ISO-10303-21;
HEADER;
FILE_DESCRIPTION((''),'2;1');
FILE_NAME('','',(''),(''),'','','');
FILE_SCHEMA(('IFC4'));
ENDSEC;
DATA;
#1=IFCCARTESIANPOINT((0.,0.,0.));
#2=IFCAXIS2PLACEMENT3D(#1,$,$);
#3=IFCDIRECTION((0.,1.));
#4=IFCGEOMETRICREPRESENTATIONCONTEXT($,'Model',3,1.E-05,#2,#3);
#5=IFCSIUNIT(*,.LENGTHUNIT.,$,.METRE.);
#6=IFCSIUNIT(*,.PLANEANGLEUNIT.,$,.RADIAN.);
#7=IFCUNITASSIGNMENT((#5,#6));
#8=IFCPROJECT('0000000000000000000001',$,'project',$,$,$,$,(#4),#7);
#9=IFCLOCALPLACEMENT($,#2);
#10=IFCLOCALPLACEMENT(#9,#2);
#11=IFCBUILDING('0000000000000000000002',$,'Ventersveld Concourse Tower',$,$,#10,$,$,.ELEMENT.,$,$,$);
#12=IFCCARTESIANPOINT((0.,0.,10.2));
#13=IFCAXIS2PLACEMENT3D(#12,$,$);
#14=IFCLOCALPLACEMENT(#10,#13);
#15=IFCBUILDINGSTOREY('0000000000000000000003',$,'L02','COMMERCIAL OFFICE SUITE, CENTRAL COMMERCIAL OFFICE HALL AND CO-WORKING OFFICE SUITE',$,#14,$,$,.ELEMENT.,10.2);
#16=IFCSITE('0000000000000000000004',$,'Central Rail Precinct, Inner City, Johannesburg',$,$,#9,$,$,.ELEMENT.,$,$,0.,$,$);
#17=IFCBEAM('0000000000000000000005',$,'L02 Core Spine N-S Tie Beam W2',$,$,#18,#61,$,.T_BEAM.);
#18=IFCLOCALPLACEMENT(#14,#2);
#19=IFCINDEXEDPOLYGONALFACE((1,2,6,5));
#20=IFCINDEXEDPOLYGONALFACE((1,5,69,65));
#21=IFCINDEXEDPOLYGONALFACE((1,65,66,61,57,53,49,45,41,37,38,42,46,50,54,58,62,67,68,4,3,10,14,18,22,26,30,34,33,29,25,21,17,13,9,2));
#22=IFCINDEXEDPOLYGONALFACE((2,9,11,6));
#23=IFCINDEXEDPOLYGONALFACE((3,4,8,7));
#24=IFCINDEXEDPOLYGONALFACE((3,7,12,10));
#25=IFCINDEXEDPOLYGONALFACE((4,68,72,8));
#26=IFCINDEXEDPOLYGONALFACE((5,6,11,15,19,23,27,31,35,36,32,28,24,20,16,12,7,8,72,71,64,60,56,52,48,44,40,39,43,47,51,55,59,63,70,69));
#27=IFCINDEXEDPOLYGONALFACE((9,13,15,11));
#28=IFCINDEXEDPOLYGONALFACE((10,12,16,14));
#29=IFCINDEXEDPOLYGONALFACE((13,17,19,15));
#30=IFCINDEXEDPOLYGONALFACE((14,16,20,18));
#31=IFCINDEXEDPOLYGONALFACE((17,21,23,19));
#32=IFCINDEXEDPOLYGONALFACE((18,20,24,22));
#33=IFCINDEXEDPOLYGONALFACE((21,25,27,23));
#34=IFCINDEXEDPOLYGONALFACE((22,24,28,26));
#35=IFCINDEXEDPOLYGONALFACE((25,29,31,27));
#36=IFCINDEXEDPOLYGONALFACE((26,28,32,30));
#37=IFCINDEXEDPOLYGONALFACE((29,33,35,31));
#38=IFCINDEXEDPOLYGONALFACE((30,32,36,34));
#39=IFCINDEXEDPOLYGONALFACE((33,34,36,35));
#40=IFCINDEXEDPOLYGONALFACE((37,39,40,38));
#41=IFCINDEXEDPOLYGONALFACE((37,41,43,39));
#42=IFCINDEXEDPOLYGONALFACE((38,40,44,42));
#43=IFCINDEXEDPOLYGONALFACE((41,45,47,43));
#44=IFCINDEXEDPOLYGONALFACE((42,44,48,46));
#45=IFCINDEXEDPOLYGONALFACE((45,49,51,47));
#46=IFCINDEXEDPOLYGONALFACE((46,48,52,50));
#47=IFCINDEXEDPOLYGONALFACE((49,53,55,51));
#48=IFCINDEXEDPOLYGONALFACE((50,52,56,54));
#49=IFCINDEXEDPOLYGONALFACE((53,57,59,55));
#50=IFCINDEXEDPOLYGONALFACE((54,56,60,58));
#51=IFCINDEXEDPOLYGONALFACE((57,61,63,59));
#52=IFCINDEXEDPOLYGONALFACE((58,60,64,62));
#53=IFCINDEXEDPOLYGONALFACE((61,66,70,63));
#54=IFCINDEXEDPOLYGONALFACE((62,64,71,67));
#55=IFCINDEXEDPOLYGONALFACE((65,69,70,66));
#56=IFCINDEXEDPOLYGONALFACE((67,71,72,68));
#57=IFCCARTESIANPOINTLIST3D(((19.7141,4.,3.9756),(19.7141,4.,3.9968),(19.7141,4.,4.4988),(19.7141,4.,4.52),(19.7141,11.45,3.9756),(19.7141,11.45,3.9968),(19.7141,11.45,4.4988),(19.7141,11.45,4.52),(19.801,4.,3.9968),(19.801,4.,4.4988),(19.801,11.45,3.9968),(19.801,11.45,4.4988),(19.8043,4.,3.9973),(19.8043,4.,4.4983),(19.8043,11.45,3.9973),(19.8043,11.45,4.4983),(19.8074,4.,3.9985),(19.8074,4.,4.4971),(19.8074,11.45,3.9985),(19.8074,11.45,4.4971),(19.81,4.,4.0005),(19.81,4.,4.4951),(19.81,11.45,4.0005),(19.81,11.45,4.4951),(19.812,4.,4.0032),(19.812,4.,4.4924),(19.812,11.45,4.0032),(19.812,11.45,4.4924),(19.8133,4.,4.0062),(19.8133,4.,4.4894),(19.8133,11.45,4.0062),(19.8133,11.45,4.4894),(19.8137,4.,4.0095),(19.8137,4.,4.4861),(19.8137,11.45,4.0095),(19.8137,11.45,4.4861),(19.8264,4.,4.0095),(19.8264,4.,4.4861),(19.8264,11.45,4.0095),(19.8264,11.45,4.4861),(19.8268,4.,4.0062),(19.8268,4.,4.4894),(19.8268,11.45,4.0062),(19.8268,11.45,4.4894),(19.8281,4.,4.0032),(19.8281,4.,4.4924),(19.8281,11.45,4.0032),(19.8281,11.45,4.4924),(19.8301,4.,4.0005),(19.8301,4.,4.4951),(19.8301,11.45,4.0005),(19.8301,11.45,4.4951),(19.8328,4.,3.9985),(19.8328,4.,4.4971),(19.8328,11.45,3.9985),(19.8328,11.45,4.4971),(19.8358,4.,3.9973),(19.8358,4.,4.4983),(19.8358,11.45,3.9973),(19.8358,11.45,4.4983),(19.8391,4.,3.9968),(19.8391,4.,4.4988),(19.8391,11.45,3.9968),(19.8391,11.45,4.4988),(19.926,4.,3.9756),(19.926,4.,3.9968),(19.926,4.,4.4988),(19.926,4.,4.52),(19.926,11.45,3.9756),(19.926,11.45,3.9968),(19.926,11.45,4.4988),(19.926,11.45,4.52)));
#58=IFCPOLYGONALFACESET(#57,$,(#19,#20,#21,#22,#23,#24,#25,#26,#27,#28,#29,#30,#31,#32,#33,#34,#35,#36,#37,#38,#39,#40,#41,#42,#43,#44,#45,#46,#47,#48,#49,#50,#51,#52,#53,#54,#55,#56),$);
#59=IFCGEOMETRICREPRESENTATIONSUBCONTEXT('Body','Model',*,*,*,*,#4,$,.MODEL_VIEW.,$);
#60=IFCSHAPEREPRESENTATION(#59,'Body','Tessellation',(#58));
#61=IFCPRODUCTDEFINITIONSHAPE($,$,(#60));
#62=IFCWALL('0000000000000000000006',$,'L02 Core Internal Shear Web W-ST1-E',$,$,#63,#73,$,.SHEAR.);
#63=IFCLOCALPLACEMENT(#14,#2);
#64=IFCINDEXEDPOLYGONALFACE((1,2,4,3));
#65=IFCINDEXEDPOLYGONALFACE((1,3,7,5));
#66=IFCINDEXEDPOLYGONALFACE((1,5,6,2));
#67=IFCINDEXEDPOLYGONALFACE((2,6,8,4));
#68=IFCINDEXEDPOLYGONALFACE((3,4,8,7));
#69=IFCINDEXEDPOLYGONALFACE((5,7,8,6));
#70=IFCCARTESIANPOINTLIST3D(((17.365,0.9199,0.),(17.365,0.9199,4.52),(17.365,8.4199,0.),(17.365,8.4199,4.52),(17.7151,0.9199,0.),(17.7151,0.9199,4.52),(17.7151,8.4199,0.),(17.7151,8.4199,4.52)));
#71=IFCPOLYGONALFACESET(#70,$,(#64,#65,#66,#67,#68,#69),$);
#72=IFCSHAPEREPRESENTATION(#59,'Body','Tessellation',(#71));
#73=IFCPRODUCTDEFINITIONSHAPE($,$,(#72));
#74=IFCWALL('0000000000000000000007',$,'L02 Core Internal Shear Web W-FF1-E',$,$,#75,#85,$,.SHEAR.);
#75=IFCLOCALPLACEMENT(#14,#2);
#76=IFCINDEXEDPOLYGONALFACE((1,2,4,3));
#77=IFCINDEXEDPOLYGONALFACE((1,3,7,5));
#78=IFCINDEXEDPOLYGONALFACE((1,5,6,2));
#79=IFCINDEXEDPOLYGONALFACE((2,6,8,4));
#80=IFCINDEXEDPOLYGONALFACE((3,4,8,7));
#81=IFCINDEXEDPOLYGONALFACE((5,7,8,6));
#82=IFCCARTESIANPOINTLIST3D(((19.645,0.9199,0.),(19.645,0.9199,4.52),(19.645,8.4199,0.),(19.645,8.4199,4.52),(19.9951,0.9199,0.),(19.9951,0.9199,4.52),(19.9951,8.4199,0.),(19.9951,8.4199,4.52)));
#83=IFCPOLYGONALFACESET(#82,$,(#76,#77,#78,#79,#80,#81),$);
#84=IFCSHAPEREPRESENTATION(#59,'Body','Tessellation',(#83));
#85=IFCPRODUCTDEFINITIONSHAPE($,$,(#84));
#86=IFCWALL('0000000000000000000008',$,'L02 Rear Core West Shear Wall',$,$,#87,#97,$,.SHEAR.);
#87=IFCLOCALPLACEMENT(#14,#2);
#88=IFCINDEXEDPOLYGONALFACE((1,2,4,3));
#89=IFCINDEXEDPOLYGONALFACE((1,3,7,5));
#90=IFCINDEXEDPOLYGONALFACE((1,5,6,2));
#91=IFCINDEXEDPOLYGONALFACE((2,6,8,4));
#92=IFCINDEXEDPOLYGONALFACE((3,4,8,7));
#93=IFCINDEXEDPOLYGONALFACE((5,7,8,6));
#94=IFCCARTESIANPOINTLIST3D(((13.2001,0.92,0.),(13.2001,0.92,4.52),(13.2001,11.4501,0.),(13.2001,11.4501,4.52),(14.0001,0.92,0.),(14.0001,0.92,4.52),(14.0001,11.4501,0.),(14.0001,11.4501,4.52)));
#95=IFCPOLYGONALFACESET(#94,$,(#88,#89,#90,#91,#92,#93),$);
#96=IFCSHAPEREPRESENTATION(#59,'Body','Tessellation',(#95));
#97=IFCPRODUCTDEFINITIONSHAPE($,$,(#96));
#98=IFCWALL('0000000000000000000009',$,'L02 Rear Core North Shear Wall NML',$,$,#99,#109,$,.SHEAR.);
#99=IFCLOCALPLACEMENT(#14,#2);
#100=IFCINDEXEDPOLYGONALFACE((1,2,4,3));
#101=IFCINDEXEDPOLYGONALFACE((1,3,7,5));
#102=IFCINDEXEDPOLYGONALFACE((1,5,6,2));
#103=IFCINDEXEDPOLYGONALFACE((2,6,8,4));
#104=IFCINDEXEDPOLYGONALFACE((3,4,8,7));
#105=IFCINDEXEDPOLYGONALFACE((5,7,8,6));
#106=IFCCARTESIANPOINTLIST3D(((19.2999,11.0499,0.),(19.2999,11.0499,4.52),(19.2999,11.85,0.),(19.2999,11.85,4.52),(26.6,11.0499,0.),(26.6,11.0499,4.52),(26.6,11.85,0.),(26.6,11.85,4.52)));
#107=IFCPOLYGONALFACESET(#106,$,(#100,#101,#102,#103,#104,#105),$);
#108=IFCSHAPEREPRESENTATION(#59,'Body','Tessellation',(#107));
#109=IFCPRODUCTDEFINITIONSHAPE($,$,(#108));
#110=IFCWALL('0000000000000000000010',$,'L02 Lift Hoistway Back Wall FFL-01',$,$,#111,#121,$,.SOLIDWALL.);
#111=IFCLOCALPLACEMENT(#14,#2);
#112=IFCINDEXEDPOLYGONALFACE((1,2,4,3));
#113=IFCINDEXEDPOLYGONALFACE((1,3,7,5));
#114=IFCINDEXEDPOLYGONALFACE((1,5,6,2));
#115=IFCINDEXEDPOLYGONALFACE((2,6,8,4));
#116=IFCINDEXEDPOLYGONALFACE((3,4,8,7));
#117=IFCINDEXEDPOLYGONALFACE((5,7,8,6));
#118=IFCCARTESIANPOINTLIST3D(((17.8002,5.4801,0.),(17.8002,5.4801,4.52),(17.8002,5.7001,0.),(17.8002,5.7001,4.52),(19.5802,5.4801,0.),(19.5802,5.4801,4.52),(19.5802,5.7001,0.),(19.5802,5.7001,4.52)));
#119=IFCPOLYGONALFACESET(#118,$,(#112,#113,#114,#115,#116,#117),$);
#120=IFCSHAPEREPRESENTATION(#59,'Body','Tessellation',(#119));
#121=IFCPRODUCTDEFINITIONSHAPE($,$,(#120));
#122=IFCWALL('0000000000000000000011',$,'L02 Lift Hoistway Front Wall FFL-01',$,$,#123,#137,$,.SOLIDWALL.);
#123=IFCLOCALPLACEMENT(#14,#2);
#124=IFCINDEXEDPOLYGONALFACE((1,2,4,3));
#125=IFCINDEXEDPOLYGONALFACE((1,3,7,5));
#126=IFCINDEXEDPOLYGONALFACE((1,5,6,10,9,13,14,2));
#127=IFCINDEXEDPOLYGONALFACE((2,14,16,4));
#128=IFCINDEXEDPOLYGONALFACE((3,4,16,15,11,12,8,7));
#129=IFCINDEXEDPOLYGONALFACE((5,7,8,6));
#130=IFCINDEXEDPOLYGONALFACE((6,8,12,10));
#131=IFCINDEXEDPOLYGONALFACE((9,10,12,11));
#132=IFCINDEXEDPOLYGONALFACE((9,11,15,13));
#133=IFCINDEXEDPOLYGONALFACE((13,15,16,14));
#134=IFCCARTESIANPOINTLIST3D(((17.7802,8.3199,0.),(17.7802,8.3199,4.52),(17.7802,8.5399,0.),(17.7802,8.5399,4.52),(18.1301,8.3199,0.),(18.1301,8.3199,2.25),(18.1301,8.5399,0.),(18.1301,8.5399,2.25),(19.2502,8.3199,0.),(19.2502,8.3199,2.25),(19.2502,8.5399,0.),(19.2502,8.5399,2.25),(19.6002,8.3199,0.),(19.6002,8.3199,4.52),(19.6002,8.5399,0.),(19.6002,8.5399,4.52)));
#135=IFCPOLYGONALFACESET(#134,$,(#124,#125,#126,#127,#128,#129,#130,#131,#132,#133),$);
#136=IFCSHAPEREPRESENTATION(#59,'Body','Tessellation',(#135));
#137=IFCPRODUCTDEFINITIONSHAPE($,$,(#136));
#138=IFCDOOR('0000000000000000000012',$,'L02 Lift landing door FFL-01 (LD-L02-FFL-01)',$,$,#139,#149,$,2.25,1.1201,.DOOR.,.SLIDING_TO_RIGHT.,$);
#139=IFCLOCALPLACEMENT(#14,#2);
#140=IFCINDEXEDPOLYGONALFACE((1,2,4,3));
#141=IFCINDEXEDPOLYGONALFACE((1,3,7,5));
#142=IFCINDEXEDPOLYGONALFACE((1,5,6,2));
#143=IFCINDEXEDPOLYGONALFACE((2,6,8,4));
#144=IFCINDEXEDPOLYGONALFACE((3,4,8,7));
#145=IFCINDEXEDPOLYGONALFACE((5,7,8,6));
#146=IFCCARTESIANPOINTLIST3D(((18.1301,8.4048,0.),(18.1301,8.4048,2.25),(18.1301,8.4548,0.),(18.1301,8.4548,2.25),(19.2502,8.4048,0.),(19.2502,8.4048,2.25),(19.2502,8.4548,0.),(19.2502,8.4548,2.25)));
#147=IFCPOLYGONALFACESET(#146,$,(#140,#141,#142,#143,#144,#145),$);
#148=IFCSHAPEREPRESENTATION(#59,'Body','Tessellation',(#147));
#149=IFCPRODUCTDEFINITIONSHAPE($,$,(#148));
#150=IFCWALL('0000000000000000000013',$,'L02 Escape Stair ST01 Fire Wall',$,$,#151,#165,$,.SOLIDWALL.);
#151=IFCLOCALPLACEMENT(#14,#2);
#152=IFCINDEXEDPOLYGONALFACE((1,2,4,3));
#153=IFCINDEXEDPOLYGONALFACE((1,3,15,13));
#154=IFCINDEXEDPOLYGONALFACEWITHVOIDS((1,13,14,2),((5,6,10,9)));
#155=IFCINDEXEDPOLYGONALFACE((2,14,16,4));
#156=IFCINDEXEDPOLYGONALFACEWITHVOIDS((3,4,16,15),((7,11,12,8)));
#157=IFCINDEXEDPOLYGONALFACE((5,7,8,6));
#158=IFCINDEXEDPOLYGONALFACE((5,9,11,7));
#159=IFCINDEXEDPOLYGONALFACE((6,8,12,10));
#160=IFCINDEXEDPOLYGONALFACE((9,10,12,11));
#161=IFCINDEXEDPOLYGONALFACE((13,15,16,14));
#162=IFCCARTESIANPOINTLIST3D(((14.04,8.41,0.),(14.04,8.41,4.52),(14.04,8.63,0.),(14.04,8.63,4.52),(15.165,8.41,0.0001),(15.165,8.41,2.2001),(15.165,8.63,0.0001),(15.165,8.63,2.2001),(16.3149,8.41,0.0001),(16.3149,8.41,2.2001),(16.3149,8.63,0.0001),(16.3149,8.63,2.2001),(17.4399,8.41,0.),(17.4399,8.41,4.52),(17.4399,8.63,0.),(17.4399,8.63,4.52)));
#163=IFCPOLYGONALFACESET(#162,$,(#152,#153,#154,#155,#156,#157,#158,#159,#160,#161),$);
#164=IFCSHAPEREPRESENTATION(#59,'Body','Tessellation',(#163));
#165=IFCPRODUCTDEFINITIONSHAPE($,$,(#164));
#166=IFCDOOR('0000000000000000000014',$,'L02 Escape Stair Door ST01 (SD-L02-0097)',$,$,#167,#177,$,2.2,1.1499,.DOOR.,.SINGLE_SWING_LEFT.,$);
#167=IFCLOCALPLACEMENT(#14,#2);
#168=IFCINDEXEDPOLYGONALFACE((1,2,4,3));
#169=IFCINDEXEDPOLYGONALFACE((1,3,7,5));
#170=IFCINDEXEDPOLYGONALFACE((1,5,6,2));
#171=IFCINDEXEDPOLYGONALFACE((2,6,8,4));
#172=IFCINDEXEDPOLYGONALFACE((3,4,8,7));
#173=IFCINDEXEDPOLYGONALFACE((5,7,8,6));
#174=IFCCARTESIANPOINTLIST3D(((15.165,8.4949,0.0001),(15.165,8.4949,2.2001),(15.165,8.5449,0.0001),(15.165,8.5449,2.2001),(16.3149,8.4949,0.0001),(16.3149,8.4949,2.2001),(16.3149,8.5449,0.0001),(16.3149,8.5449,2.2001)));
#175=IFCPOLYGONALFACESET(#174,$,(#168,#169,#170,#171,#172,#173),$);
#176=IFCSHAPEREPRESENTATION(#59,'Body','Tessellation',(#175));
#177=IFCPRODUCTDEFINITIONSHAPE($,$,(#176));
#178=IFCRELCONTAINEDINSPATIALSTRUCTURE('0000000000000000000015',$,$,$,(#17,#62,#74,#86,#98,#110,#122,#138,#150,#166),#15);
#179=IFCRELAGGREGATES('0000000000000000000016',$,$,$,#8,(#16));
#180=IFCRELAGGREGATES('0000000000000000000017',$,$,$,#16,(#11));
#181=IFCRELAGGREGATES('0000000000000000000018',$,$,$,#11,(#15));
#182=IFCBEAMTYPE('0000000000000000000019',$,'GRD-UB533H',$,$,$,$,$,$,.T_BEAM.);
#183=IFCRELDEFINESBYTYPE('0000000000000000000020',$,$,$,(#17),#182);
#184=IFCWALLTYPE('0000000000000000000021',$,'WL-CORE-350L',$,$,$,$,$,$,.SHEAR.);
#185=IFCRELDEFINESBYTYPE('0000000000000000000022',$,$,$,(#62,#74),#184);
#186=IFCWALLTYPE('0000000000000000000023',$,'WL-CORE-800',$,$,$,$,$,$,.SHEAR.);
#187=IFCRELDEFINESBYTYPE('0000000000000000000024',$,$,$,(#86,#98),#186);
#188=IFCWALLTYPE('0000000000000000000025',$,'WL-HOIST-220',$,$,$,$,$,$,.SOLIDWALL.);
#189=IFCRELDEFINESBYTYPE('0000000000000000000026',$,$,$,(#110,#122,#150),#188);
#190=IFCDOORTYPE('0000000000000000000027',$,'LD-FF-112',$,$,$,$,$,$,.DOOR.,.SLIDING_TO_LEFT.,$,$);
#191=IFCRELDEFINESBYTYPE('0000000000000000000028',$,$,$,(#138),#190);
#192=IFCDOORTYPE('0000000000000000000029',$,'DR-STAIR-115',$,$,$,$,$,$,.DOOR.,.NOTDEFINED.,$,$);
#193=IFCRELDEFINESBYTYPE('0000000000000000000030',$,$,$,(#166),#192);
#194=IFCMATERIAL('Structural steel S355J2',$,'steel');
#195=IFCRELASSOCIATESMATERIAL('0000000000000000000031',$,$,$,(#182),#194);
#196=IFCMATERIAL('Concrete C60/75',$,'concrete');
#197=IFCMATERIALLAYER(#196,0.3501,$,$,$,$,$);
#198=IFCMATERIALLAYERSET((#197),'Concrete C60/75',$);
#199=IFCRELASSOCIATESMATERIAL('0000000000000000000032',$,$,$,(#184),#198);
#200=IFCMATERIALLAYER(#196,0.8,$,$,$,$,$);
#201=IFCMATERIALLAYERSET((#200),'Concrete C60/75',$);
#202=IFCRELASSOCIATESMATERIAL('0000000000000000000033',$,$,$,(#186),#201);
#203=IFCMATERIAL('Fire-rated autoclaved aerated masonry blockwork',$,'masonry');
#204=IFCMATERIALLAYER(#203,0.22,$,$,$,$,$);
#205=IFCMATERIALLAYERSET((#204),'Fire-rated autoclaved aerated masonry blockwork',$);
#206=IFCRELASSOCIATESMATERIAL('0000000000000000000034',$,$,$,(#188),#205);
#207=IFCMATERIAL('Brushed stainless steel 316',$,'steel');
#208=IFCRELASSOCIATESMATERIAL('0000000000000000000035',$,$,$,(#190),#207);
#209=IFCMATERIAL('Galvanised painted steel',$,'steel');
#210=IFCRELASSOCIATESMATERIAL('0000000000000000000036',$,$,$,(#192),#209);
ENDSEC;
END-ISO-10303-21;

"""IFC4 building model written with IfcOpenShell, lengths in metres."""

from ifc_helpers import new_model, si_unit, direction, frame, frame_2d, origin, origin_2d, place, context, subcontext, project, spatial, rectangle, i_section, extrude, material, layer, layer_set, material_profile, profile_set, type_object, element, fill, save


model = new_model("IFC4")

# Units and contexts
model_context = context("Model", 3, precision=1e-05, world=origin(), true_north=direction((0.0, 1.0)))
body_context = subcontext(model_context, "Body", "Model", "MODEL_VIEW")
ifc_project = project(units=[si_unit("LENGTHUNIT", "METRE"), si_unit("PLANEANGLEUNIT", "RADIAN")], contexts=[model_context])

# Site, building, storey
site_placement = place(None, origin())
site = spatial("IfcSite", under=ifc_project, at=site_placement, Name="Central Rail Precinct, Inner City, Johannesburg", CompositionType="ELEMENT", RefElevation=0.0)
building_placement = place(site_placement, origin())
building = spatial("IfcBuilding", under=site, at=building_placement, Name="Ventersveld Concourse Tower", CompositionType="ELEMENT")
storey_placement = place(building_placement, frame((0.0, 0.0, 10.2)))
storey = spatial("IfcBuildingStorey", under=building, at=storey_placement, Name="L02", Description="COMMERCIAL OFFICE SUITE, CENTRAL COMMERCIAL OFFICE HALL AND CO-WORKING OFFICE SUITE", CompositionType="ELEMENT", Elevation=10.2)

# Beam
ifc_material_1 = material(Name="Concrete C60/75", Category="concrete")
ifc_material_2 = material(Name="Structural steel S355J2", Category="steel")
ifc_material_profile_1 = material_profile(ifc_material_2, i_section(OverallWidth=0.2119, OverallDepth=0.5444, WebThickness=0.0127, FlangeThickness=0.0212, FilletRadius=0.0127, at=origin_2d()), Name="UB 533x210x122")
ifc_profile_set_1 = profile_set([ifc_material_profile_1], Name="Structural steel S355J2")
beam_type_1 = type_object("IfcBeamType", Name="GRD-UB533H", PredefinedType="T_BEAM", material=ifc_profile_set_1)
beam_1_placement = place(storey_placement, frame((19.8201, 4.0, 4.2478), z_axis=(0.0, 1.0, 0.0), x_axis=(-1.0, 0.0, 0.0)))
element("IfcBeam", 1, at=beam_1_placement, inside=storey, type_object=beam_type_1, Name="L02 Core Spine N-S Tie Beam W2", PredefinedType="T_BEAM", context=body_context, shape_type="SweptSolid", body=[
    extrude(i_section(OverallWidth=0.2119, OverallDepth=0.5444, WebThickness=0.0127, FlangeThickness=0.0212, FilletRadius=0.0127, at=origin_2d()), origin(), (0.0, 0.0, 1.0), 7.45),
])

# Walls
ifc_layer_1 = layer(ifc_material_1, 0.3501)
ifc_layer_set_1 = layer_set([ifc_layer_1], Name="Concrete C60/75")
wall_type_1 = type_object("IfcWallType", Name="WL-CORE-350L", PredefinedType="SHEAR", material=ifc_layer_set_1)
for number, where, z_axis, x_axis, name in (
    (2, (17.54, 0.9199, 0.0), (0.0, 0.0, 1.0), (0.0, 1.0, 0.0), "L02 Core Internal Shear Web W-ST1-E"),
    (3, (19.8201, 0.9199, 0.0), (0.0, 0.0, 1.0), (0.0, 1.0, 0.0), "L02 Core Internal Shear Web W-FF1-E"),
):
    element("IfcWall", number, at=place(storey_placement, frame(where, z_axis=z_axis, x_axis=x_axis)), inside=storey, type_object=wall_type_1, Name=name, PredefinedType="SHEAR", context=body_context, shape_type="SweptSolid", body=[
        extrude(rectangle(XDim=7.5, YDim=0.3501, at=frame_2d((3.75, 0.0))), origin(), (0.0, 0.0, 1.0), 4.52),
    ])
ifc_layer_2 = layer(ifc_material_1, 0.8)
ifc_layer_set_2 = layer_set([ifc_layer_2], Name="Concrete C60/75")
wall_type_2 = type_object("IfcWallType", Name="WL-CORE-800", PredefinedType="SHEAR", material=ifc_layer_set_2)
wall_1_placement = place(storey_placement, frame((13.6001, 0.9199, 0.0), z_axis=(0.0, 0.0, 1.0), x_axis=(0.0, 1.0, 0.0)))
element("IfcWall", 4, at=wall_1_placement, inside=storey, type_object=wall_type_2, Name="L02 Rear Core West Shear Wall", PredefinedType="SHEAR", context=body_context, shape_type="SweptSolid", body=[
    extrude(rectangle(XDim=10.53, YDim=0.8, at=frame_2d((5.2651, 0.0))), origin(), (0.0, 0.0, 1.0), 4.52),
])
wall_2_placement = place(storey_placement, frame((19.3, 11.45, 0.0), z_axis=(0.0, 0.0, 1.0), x_axis=(1.0, 0.0, 0.0)))
element("IfcWall", 5, at=wall_2_placement, inside=storey, type_object=wall_type_2, Name="L02 Rear Core North Shear Wall NML", PredefinedType="SHEAR", context=body_context, shape_type="SweptSolid", body=[
    extrude(rectangle(XDim=7.3, YDim=0.8, at=frame_2d((3.6499, 0.0))), origin(), (0.0, 0.0, 1.0), 4.52),
])
ifc_material_3 = material(Name="Fire-rated autoclaved aerated masonry blockwork", Category="masonry")
ifc_layer_3 = layer(ifc_material_3, 0.22)
ifc_layer_set_3 = layer_set([ifc_layer_3], Name="Fire-rated autoclaved aerated masonry blockwork")
wall_type_3 = type_object("IfcWallType", Name="WL-HOIST-220", PredefinedType="SOLIDWALL", material=ifc_layer_set_3)
wall_3_placement = place(storey_placement, frame((17.8, 5.5901, 0.0), z_axis=(0.0, 0.0, 1.0), x_axis=(1.0, 0.0, 0.0)))
element("IfcWall", 6, at=wall_3_placement, inside=storey, type_object=wall_type_3, Name="L02 Lift Hoistway Back Wall FFL-01", PredefinedType="SOLIDWALL", context=body_context, shape_type="SweptSolid", body=[
    extrude(rectangle(XDim=1.78, YDim=0.22, at=frame_2d((0.8901, 0.0))), origin(), (0.0, 0.0, 1.0), 4.52),
])

# Walls, openings, doors
wall_4_placement = place(storey_placement, frame((17.78, 8.4299, 0.0), z_axis=(0.0, 0.0, 1.0), x_axis=(1.0, 0.0, 0.0)))
wall_4 = element("IfcWall", 7, at=wall_4_placement, inside=storey, type_object=wall_type_3, Name="L02 Lift Hoistway Front Wall FFL-01", PredefinedType="SOLIDWALL", context=body_context, shape_type="SweptSolid", body=[
    extrude(rectangle(XDim=1.8201, YDim=0.22, at=frame_2d((0.9102, 0.0))), origin(), (0.0, 0.0, 1.0), 4.52),
])
opening_1_placement = place(wall_4_placement, frame((0.3501, 0.0, 0.0)))
opening_1 = element("IfcOpeningElement", 8, at=opening_1_placement, cuts=wall_4, PredefinedType="OPENING", context=body_context, shape_type="SweptSolid", body=[
    extrude(rectangle(XDim=1.1201, YDim=2.25, at=frame_2d((0.5601, 1.125))), frame((0.0, 0.1201, 0.0), z_axis=(0.0, -1.0, 0.0), x_axis=(1.0, 0.0, 0.0)), (0.0, 0.0, 1.0), 0.24),
])
ifc_material_4 = material(Name="Brushed stainless steel 316", Category="steel")
door_type_1 = type_object("IfcDoorType", Name="LD-FF-112", OperationType="SLIDING_TO_LEFT", PredefinedType="DOOR", material=ifc_material_4)
door_1_placement = place(opening_1_placement, origin())
door_1 = element("IfcDoor", 9, at=door_1_placement, inside=storey, type_object=door_type_1, Name="L02 Lift landing door FFL-01 (LD-L02-FFL-01)", OperationType="SLIDING_TO_RIGHT", OverallHeight=2.25, OverallWidth=1.1201, PredefinedType="DOOR", context=body_context, shape_type="SweptSolid", body=[
    extrude(rectangle(XDim=1.1201, YDim=2.25, at=frame_2d((0.5601, 1.125))), frame((0.0, 0.0249, 0.0), z_axis=(0.0, -1.0, 0.0), x_axis=(1.0, 0.0, 0.0)), (0.0, 0.0, 1.0), 0.05),
])
fill(opening_1, door_1)
wall_5_placement = place(storey_placement, frame((14.04, 8.52, 0.0), z_axis=(0.0, 0.0, 1.0), x_axis=(1.0, 0.0, 0.0)))
wall_5 = element("IfcWall", 10, at=wall_5_placement, inside=storey, type_object=wall_type_3, Name="L02 Escape Stair ST01 Fire Wall", PredefinedType="SOLIDWALL", context=body_context, shape_type="SweptSolid", body=[
    extrude(rectangle(XDim=3.3999, YDim=0.22, at=frame_2d((1.7, 0.0))), origin(), (0.0, 0.0, 1.0), 4.52),
])
opening_2_placement = place(wall_5_placement, frame((1.125, 0.0, 0.0)))
opening_2 = element("IfcOpeningElement", 11, at=opening_2_placement, cuts=wall_5, PredefinedType="OPENING", context=body_context, shape_type="SweptSolid", body=[
    extrude(rectangle(XDim=1.1499, YDim=2.2, at=frame_2d((0.575, 1.1001))), frame((0.0, 0.1201, 0.0), z_axis=(0.0, -1.0, 0.0), x_axis=(1.0, 0.0, 0.0)), (0.0, 0.0, 1.0), 0.24),
])
ifc_material_5 = material(Name="Galvanised painted steel", Category="steel")
door_type_2 = type_object("IfcDoorType", Name="DR-STAIR-115", OperationType="NOTDEFINED", PredefinedType="DOOR", material=ifc_material_5)
door_2_placement = place(opening_2_placement, origin())
door_2 = element("IfcDoor", 12, at=door_2_placement, inside=storey, type_object=door_type_2, Name="L02 Escape Stair Door ST01 (SD-L02-0097)", OperationType="SINGLE_SWING_LEFT", OverallHeight=2.2, OverallWidth=1.1499, PredefinedType="DOOR", context=body_context, shape_type="SweptSolid", body=[
    extrude(rectangle(XDim=1.1499, YDim=2.2, at=frame_2d((0.575, 1.1001))), frame((0.0, 0.0249, 0.0), z_axis=(0.0, -1.0, 0.0), x_axis=(1.0, 0.0, 0.0)), (0.0, 0.0, 1.0), 0.05),
])
fill(opening_2, door_2)

save(model, "model.ifc")
